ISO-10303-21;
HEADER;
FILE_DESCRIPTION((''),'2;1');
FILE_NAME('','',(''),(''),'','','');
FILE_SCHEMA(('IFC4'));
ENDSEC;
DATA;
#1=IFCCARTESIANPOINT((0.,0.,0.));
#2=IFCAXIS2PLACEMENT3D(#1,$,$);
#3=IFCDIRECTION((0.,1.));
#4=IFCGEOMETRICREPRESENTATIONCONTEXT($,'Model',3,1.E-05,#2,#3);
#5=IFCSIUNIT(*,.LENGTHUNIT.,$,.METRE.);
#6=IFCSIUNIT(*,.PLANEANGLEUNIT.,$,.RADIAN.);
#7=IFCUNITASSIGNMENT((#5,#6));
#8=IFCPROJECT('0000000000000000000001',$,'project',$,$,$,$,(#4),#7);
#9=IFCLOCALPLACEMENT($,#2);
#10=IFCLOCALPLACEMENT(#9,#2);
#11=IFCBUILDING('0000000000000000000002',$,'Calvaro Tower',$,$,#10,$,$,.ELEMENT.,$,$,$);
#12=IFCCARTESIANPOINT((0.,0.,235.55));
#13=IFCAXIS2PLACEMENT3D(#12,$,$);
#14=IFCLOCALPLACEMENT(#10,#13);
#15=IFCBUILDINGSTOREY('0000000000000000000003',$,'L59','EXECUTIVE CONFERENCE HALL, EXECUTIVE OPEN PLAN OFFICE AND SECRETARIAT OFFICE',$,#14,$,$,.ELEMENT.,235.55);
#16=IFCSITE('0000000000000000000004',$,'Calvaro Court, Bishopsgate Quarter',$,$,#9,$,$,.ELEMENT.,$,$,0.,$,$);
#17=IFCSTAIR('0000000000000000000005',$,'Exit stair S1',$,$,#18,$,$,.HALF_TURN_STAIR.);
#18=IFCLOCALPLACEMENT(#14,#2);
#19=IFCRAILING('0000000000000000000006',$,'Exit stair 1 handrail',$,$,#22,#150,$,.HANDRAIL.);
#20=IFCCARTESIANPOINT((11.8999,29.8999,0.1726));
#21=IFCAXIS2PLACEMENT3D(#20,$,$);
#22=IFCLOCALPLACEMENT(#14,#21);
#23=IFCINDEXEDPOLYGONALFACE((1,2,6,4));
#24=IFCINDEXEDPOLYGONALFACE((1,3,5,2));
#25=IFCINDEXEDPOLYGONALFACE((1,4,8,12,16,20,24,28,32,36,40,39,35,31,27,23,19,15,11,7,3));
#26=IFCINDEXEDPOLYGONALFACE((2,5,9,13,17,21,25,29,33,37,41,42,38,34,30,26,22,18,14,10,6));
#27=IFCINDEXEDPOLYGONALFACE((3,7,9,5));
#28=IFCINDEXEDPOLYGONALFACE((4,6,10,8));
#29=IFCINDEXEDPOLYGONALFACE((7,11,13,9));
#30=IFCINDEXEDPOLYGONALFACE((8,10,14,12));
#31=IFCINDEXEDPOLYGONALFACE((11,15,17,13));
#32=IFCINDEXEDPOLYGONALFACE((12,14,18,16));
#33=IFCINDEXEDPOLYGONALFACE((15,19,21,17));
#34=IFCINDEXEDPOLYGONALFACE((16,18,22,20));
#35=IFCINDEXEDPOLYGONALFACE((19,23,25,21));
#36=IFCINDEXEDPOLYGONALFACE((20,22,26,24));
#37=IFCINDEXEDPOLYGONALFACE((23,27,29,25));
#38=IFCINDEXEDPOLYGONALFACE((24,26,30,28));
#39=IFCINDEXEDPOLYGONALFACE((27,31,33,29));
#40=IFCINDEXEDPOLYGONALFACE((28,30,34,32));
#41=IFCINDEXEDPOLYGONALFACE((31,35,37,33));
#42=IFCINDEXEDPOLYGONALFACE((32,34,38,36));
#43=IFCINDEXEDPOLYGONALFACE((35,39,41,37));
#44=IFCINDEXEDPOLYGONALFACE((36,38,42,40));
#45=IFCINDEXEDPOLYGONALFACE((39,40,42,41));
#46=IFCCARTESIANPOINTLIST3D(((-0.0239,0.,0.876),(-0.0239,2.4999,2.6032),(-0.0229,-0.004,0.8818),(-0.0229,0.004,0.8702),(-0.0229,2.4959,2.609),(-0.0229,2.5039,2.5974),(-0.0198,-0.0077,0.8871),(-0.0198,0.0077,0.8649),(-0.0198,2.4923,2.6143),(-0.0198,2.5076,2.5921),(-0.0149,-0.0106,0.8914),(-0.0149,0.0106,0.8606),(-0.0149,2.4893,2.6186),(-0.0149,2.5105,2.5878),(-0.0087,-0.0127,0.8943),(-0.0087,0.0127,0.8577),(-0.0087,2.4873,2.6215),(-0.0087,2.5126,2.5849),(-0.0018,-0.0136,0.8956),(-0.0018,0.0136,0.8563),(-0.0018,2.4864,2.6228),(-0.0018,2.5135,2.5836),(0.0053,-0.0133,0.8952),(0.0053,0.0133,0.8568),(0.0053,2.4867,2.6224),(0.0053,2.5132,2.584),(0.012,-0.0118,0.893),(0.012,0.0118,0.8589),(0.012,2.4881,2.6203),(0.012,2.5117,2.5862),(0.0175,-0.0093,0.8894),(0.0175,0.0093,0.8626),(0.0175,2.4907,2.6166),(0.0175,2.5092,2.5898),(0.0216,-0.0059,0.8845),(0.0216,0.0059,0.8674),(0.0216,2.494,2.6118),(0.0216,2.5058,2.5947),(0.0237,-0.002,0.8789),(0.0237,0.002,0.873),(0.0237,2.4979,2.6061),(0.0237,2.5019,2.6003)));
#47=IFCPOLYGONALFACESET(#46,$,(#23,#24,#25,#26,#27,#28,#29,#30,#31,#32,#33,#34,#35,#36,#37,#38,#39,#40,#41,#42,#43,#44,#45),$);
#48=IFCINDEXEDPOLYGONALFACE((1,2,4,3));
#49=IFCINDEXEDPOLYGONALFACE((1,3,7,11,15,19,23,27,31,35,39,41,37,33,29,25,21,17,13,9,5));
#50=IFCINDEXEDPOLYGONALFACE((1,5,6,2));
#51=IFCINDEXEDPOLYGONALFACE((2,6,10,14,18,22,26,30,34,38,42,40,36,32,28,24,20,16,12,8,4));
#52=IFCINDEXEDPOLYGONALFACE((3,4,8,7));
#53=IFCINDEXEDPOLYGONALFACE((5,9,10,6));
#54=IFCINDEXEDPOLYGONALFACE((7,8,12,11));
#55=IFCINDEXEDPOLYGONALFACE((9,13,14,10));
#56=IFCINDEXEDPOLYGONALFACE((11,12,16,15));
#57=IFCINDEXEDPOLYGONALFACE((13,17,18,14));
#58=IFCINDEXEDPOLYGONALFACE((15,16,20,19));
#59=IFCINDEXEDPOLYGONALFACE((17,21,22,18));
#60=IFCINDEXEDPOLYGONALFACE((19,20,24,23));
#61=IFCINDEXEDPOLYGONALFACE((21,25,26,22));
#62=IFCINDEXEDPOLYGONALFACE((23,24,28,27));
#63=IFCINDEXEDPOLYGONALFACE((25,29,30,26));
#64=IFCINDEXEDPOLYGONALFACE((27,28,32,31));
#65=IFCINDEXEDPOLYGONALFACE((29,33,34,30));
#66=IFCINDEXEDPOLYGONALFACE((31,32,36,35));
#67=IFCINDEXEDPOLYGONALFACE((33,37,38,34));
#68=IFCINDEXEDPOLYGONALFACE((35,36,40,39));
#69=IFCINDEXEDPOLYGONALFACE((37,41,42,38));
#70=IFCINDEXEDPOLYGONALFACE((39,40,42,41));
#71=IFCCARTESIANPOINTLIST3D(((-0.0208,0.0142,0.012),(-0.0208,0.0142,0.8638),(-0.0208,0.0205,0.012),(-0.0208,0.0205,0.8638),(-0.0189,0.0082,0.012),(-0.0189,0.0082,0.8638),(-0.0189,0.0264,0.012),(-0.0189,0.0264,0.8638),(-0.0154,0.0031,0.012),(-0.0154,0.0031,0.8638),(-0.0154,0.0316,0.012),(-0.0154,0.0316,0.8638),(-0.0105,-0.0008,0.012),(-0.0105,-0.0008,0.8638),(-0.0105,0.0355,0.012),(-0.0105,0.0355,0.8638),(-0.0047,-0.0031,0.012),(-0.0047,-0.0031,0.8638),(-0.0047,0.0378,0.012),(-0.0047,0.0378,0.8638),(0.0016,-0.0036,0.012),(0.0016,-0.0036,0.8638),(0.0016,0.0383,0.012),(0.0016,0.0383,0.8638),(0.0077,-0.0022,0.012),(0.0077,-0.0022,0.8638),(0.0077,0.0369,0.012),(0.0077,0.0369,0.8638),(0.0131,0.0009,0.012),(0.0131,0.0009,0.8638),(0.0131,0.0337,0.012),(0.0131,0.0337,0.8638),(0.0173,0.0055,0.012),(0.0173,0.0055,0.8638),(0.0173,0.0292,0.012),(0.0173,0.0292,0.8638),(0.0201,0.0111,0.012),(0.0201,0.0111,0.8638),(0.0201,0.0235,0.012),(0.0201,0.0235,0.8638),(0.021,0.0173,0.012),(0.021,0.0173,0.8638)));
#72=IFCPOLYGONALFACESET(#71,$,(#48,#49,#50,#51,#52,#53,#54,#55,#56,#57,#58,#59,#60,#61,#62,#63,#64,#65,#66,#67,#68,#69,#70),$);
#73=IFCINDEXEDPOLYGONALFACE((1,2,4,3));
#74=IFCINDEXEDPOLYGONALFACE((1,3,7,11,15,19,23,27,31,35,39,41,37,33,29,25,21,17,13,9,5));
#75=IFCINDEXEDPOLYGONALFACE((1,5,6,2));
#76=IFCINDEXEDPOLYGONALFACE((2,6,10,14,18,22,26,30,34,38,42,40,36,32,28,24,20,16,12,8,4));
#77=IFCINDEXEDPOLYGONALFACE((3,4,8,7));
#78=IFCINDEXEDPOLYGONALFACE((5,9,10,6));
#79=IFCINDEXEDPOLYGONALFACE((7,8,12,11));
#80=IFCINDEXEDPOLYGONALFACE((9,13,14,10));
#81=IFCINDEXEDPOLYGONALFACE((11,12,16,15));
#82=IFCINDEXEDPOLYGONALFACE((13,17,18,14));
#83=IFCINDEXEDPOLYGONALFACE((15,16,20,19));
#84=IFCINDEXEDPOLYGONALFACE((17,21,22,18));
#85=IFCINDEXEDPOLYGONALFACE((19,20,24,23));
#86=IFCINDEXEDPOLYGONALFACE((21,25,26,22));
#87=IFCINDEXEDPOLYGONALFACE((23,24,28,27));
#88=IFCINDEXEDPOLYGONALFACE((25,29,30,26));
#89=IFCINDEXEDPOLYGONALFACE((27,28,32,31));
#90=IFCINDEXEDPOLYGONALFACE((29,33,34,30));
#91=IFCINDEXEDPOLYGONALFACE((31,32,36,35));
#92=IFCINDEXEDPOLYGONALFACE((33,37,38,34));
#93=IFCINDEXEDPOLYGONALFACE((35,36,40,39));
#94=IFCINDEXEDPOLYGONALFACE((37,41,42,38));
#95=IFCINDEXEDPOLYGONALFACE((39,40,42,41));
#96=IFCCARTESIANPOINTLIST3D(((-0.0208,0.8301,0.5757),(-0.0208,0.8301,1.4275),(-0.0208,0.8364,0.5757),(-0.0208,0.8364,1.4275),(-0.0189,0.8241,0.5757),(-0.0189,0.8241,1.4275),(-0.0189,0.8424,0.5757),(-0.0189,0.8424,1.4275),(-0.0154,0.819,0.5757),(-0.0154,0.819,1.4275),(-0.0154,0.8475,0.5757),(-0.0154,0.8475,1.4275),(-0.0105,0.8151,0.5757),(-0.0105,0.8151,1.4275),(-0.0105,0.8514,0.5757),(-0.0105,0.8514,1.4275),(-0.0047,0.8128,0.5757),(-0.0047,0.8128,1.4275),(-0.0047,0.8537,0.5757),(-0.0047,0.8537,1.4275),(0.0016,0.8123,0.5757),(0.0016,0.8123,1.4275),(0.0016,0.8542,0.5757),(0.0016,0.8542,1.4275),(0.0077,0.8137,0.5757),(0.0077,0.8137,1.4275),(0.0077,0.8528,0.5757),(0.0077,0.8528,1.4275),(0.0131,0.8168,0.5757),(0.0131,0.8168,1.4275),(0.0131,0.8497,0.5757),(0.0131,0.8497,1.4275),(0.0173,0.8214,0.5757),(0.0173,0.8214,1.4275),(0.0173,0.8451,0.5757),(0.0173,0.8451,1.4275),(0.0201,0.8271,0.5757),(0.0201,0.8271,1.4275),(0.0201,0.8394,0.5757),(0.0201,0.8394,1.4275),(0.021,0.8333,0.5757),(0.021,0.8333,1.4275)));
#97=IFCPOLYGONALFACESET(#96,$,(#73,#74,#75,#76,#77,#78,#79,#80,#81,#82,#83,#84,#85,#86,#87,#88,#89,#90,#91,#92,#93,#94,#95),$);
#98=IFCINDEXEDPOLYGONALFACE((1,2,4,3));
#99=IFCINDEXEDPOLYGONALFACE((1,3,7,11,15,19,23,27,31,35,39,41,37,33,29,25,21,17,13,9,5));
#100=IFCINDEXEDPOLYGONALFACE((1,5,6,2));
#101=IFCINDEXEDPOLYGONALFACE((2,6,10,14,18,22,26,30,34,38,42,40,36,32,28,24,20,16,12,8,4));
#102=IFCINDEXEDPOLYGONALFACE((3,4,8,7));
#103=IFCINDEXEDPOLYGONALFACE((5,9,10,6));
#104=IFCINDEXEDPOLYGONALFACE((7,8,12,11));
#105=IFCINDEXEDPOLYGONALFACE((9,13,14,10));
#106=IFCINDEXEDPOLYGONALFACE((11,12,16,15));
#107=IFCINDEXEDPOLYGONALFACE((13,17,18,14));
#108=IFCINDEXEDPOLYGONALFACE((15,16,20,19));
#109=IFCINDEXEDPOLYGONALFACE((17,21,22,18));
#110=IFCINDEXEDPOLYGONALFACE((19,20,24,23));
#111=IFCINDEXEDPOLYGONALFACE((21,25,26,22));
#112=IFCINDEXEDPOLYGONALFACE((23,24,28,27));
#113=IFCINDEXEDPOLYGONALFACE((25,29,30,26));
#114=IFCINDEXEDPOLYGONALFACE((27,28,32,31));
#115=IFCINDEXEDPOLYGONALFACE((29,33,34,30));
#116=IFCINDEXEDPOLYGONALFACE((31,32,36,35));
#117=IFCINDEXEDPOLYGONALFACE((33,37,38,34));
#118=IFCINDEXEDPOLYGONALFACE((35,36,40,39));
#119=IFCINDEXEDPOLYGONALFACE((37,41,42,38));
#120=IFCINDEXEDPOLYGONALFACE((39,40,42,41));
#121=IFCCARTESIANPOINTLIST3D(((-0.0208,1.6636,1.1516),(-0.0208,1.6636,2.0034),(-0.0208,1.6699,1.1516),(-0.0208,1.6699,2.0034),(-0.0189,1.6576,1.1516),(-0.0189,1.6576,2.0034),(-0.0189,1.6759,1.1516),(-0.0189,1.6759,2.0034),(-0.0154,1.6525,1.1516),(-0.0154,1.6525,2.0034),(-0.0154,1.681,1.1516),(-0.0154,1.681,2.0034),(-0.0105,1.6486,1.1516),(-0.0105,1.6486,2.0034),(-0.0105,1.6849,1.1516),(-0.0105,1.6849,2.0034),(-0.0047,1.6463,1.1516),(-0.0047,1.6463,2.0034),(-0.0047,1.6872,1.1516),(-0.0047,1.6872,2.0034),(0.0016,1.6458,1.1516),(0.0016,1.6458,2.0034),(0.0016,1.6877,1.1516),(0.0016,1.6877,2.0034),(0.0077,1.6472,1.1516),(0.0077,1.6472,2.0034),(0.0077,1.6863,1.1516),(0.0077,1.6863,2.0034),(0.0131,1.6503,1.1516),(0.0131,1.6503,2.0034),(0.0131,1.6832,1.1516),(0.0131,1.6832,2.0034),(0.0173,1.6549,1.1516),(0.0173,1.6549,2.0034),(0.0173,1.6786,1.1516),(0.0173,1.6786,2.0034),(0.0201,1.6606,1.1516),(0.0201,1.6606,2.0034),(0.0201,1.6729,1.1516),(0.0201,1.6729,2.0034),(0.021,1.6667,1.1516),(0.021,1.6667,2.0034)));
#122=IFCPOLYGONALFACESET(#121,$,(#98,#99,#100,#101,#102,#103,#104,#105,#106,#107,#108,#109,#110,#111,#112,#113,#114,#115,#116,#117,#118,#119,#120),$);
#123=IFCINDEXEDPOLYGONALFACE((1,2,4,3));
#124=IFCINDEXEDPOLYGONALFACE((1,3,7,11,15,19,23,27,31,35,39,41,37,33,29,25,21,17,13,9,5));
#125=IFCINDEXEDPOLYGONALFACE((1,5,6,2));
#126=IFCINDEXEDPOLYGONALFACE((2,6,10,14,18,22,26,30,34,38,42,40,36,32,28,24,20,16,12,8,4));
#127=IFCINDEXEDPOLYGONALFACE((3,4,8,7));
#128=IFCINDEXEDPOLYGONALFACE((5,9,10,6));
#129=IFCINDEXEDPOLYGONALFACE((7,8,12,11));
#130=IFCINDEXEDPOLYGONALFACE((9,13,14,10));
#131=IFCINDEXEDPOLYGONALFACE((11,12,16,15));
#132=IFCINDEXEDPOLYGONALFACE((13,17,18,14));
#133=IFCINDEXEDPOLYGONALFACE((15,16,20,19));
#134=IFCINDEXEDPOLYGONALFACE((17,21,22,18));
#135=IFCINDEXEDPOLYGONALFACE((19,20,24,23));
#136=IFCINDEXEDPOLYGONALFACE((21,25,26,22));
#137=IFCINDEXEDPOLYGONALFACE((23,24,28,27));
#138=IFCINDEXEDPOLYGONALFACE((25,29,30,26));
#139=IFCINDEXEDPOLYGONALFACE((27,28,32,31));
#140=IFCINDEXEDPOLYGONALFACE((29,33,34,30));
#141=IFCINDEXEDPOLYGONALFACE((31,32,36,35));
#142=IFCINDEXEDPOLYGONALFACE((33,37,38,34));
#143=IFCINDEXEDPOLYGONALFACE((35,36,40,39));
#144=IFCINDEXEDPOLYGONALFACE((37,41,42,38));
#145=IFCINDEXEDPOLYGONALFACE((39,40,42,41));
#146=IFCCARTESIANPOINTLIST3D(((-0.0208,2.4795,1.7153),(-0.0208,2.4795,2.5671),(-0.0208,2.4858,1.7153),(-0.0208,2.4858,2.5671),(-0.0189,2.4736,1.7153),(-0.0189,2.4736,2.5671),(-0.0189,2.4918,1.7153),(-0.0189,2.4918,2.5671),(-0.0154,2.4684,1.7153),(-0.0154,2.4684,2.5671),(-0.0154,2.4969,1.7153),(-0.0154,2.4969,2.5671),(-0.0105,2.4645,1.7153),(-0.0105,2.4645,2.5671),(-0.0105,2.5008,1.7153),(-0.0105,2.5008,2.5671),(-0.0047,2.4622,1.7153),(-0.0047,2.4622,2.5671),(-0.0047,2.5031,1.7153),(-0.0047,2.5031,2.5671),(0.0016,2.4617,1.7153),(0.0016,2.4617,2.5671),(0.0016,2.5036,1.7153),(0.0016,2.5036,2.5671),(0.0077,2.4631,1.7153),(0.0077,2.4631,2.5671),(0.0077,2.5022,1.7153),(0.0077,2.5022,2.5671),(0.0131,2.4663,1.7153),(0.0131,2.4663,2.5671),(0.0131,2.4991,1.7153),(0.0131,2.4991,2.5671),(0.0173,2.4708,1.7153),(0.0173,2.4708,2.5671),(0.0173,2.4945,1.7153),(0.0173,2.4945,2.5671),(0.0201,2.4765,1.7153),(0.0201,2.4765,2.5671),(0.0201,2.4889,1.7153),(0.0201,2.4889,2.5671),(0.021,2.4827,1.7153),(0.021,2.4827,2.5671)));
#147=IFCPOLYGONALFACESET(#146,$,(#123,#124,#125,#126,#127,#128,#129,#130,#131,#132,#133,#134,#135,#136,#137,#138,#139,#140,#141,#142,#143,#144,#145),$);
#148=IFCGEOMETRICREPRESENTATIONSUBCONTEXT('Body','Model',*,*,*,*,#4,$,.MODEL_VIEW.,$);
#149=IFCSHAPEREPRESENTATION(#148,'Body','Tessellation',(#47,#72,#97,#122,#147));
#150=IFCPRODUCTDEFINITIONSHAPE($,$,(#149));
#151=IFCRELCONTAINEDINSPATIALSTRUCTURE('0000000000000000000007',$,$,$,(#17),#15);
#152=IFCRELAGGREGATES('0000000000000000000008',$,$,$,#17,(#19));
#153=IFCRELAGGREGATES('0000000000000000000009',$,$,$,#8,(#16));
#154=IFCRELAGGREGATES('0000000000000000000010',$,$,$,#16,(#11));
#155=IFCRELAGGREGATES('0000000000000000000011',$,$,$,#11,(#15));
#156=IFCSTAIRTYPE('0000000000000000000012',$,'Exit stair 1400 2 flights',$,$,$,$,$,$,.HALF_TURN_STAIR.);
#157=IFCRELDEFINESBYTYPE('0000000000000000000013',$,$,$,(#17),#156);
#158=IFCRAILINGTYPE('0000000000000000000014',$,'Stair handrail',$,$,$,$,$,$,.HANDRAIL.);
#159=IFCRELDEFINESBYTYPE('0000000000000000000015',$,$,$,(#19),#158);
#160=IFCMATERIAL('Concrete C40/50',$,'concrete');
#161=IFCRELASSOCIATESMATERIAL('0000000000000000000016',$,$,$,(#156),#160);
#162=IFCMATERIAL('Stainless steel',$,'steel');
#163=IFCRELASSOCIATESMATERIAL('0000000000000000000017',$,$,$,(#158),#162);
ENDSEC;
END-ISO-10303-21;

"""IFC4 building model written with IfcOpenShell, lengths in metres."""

from ifc_helpers import new_model, si_unit, direction, frame, origin, origin_2d, place, context, subcontext, project, spatial, circle, extrude, material, type_object, element, aggregate, save


model = new_model("IFC4")

# Units and contexts
model_context = context("Model", 3, precision=1e-05, world=origin(), true_north=direction((0.0, 1.0)))
body_context = subcontext(model_context, "Body", "Model", "MODEL_VIEW")
ifc_project = project(units=[si_unit("LENGTHUNIT", "METRE"), si_unit("PLANEANGLEUNIT", "RADIAN")], contexts=[model_context])

# Site, building, storey
site_placement = place(None, origin())
site = spatial("IfcSite", under=ifc_project, at=site_placement, Name="Calvaro Court, Bishopsgate Quarter", CompositionType="ELEMENT", RefElevation=0.0)
building_placement = place(site_placement, origin())
building = spatial("IfcBuilding", under=site, at=building_placement, Name="Calvaro Tower", CompositionType="ELEMENT")
storey_placement = place(building_placement, frame((0.0, 0.0, 235.55)))
storey = spatial("IfcBuildingStorey", under=building, at=storey_placement, Name="L59", Description="EXECUTIVE CONFERENCE HALL, EXECUTIVE OPEN PLAN OFFICE AND SECRETARIAT OFFICE", CompositionType="ELEMENT", Elevation=235.55)

# Stair, railing
ifc_material_1 = material(Name="Concrete C40/50", Category="concrete")
stair_type = type_object("IfcStairType", Name="Exit stair 1400 2 flights", PredefinedType="HALF_TURN_STAIR", material=ifc_material_1)
stair_placement = place(storey_placement, origin())
stair = element("IfcStair", 1, at=stair_placement, inside=storey, type_object=stair_type, Name="Exit stair S1", PredefinedType="HALF_TURN_STAIR")
ifc_material_2 = material(Name="Stainless steel", Category="steel")
railing_type = type_object("IfcRailingType", Name="Stair handrail", PredefinedType="HANDRAIL", material=ifc_material_2)
railing_1_placement = place(storey_placement, frame((11.8999, 29.8999, 0.1726)))
railing_1 = element("IfcRailing", 2, at=railing_1_placement, type_object=railing_type, Name="Exit stair 1 handrail", PredefinedType="HANDRAIL", context=body_context, shape_type="SweptSolid", body=[
    extrude(circle(Radius=0.0239, at=origin_2d()), frame((0.0, 0.0, 0.876), z_axis=(0.0, 0.822727, 0.568437), x_axis=(-1.0, 0.0, 0.0)), (0.0, 0.0, 1.0), 3.0386),
    extrude(circle(Radius=0.021, at=origin_2d()), frame((0.0, 0.0173, 0.012)), (0.0, 0.0, 1.0), 0.8518),
    extrude(circle(Radius=0.021, at=origin_2d()), frame((0.0, 0.8333, 0.5757)), (0.0, 0.0, 1.0), 0.8518),
    extrude(circle(Radius=0.021, at=origin_2d()), frame((0.0, 1.6667, 1.1516)), (0.0, 0.0, 1.0), 0.8518),
    extrude(circle(Radius=0.021, at=origin_2d()), frame((0.0, 2.4827, 1.7153)), (0.0, 0.0, 1.0), 0.8518),
])
aggregate(stair, [railing_1])

save(model, "model.ifc")
